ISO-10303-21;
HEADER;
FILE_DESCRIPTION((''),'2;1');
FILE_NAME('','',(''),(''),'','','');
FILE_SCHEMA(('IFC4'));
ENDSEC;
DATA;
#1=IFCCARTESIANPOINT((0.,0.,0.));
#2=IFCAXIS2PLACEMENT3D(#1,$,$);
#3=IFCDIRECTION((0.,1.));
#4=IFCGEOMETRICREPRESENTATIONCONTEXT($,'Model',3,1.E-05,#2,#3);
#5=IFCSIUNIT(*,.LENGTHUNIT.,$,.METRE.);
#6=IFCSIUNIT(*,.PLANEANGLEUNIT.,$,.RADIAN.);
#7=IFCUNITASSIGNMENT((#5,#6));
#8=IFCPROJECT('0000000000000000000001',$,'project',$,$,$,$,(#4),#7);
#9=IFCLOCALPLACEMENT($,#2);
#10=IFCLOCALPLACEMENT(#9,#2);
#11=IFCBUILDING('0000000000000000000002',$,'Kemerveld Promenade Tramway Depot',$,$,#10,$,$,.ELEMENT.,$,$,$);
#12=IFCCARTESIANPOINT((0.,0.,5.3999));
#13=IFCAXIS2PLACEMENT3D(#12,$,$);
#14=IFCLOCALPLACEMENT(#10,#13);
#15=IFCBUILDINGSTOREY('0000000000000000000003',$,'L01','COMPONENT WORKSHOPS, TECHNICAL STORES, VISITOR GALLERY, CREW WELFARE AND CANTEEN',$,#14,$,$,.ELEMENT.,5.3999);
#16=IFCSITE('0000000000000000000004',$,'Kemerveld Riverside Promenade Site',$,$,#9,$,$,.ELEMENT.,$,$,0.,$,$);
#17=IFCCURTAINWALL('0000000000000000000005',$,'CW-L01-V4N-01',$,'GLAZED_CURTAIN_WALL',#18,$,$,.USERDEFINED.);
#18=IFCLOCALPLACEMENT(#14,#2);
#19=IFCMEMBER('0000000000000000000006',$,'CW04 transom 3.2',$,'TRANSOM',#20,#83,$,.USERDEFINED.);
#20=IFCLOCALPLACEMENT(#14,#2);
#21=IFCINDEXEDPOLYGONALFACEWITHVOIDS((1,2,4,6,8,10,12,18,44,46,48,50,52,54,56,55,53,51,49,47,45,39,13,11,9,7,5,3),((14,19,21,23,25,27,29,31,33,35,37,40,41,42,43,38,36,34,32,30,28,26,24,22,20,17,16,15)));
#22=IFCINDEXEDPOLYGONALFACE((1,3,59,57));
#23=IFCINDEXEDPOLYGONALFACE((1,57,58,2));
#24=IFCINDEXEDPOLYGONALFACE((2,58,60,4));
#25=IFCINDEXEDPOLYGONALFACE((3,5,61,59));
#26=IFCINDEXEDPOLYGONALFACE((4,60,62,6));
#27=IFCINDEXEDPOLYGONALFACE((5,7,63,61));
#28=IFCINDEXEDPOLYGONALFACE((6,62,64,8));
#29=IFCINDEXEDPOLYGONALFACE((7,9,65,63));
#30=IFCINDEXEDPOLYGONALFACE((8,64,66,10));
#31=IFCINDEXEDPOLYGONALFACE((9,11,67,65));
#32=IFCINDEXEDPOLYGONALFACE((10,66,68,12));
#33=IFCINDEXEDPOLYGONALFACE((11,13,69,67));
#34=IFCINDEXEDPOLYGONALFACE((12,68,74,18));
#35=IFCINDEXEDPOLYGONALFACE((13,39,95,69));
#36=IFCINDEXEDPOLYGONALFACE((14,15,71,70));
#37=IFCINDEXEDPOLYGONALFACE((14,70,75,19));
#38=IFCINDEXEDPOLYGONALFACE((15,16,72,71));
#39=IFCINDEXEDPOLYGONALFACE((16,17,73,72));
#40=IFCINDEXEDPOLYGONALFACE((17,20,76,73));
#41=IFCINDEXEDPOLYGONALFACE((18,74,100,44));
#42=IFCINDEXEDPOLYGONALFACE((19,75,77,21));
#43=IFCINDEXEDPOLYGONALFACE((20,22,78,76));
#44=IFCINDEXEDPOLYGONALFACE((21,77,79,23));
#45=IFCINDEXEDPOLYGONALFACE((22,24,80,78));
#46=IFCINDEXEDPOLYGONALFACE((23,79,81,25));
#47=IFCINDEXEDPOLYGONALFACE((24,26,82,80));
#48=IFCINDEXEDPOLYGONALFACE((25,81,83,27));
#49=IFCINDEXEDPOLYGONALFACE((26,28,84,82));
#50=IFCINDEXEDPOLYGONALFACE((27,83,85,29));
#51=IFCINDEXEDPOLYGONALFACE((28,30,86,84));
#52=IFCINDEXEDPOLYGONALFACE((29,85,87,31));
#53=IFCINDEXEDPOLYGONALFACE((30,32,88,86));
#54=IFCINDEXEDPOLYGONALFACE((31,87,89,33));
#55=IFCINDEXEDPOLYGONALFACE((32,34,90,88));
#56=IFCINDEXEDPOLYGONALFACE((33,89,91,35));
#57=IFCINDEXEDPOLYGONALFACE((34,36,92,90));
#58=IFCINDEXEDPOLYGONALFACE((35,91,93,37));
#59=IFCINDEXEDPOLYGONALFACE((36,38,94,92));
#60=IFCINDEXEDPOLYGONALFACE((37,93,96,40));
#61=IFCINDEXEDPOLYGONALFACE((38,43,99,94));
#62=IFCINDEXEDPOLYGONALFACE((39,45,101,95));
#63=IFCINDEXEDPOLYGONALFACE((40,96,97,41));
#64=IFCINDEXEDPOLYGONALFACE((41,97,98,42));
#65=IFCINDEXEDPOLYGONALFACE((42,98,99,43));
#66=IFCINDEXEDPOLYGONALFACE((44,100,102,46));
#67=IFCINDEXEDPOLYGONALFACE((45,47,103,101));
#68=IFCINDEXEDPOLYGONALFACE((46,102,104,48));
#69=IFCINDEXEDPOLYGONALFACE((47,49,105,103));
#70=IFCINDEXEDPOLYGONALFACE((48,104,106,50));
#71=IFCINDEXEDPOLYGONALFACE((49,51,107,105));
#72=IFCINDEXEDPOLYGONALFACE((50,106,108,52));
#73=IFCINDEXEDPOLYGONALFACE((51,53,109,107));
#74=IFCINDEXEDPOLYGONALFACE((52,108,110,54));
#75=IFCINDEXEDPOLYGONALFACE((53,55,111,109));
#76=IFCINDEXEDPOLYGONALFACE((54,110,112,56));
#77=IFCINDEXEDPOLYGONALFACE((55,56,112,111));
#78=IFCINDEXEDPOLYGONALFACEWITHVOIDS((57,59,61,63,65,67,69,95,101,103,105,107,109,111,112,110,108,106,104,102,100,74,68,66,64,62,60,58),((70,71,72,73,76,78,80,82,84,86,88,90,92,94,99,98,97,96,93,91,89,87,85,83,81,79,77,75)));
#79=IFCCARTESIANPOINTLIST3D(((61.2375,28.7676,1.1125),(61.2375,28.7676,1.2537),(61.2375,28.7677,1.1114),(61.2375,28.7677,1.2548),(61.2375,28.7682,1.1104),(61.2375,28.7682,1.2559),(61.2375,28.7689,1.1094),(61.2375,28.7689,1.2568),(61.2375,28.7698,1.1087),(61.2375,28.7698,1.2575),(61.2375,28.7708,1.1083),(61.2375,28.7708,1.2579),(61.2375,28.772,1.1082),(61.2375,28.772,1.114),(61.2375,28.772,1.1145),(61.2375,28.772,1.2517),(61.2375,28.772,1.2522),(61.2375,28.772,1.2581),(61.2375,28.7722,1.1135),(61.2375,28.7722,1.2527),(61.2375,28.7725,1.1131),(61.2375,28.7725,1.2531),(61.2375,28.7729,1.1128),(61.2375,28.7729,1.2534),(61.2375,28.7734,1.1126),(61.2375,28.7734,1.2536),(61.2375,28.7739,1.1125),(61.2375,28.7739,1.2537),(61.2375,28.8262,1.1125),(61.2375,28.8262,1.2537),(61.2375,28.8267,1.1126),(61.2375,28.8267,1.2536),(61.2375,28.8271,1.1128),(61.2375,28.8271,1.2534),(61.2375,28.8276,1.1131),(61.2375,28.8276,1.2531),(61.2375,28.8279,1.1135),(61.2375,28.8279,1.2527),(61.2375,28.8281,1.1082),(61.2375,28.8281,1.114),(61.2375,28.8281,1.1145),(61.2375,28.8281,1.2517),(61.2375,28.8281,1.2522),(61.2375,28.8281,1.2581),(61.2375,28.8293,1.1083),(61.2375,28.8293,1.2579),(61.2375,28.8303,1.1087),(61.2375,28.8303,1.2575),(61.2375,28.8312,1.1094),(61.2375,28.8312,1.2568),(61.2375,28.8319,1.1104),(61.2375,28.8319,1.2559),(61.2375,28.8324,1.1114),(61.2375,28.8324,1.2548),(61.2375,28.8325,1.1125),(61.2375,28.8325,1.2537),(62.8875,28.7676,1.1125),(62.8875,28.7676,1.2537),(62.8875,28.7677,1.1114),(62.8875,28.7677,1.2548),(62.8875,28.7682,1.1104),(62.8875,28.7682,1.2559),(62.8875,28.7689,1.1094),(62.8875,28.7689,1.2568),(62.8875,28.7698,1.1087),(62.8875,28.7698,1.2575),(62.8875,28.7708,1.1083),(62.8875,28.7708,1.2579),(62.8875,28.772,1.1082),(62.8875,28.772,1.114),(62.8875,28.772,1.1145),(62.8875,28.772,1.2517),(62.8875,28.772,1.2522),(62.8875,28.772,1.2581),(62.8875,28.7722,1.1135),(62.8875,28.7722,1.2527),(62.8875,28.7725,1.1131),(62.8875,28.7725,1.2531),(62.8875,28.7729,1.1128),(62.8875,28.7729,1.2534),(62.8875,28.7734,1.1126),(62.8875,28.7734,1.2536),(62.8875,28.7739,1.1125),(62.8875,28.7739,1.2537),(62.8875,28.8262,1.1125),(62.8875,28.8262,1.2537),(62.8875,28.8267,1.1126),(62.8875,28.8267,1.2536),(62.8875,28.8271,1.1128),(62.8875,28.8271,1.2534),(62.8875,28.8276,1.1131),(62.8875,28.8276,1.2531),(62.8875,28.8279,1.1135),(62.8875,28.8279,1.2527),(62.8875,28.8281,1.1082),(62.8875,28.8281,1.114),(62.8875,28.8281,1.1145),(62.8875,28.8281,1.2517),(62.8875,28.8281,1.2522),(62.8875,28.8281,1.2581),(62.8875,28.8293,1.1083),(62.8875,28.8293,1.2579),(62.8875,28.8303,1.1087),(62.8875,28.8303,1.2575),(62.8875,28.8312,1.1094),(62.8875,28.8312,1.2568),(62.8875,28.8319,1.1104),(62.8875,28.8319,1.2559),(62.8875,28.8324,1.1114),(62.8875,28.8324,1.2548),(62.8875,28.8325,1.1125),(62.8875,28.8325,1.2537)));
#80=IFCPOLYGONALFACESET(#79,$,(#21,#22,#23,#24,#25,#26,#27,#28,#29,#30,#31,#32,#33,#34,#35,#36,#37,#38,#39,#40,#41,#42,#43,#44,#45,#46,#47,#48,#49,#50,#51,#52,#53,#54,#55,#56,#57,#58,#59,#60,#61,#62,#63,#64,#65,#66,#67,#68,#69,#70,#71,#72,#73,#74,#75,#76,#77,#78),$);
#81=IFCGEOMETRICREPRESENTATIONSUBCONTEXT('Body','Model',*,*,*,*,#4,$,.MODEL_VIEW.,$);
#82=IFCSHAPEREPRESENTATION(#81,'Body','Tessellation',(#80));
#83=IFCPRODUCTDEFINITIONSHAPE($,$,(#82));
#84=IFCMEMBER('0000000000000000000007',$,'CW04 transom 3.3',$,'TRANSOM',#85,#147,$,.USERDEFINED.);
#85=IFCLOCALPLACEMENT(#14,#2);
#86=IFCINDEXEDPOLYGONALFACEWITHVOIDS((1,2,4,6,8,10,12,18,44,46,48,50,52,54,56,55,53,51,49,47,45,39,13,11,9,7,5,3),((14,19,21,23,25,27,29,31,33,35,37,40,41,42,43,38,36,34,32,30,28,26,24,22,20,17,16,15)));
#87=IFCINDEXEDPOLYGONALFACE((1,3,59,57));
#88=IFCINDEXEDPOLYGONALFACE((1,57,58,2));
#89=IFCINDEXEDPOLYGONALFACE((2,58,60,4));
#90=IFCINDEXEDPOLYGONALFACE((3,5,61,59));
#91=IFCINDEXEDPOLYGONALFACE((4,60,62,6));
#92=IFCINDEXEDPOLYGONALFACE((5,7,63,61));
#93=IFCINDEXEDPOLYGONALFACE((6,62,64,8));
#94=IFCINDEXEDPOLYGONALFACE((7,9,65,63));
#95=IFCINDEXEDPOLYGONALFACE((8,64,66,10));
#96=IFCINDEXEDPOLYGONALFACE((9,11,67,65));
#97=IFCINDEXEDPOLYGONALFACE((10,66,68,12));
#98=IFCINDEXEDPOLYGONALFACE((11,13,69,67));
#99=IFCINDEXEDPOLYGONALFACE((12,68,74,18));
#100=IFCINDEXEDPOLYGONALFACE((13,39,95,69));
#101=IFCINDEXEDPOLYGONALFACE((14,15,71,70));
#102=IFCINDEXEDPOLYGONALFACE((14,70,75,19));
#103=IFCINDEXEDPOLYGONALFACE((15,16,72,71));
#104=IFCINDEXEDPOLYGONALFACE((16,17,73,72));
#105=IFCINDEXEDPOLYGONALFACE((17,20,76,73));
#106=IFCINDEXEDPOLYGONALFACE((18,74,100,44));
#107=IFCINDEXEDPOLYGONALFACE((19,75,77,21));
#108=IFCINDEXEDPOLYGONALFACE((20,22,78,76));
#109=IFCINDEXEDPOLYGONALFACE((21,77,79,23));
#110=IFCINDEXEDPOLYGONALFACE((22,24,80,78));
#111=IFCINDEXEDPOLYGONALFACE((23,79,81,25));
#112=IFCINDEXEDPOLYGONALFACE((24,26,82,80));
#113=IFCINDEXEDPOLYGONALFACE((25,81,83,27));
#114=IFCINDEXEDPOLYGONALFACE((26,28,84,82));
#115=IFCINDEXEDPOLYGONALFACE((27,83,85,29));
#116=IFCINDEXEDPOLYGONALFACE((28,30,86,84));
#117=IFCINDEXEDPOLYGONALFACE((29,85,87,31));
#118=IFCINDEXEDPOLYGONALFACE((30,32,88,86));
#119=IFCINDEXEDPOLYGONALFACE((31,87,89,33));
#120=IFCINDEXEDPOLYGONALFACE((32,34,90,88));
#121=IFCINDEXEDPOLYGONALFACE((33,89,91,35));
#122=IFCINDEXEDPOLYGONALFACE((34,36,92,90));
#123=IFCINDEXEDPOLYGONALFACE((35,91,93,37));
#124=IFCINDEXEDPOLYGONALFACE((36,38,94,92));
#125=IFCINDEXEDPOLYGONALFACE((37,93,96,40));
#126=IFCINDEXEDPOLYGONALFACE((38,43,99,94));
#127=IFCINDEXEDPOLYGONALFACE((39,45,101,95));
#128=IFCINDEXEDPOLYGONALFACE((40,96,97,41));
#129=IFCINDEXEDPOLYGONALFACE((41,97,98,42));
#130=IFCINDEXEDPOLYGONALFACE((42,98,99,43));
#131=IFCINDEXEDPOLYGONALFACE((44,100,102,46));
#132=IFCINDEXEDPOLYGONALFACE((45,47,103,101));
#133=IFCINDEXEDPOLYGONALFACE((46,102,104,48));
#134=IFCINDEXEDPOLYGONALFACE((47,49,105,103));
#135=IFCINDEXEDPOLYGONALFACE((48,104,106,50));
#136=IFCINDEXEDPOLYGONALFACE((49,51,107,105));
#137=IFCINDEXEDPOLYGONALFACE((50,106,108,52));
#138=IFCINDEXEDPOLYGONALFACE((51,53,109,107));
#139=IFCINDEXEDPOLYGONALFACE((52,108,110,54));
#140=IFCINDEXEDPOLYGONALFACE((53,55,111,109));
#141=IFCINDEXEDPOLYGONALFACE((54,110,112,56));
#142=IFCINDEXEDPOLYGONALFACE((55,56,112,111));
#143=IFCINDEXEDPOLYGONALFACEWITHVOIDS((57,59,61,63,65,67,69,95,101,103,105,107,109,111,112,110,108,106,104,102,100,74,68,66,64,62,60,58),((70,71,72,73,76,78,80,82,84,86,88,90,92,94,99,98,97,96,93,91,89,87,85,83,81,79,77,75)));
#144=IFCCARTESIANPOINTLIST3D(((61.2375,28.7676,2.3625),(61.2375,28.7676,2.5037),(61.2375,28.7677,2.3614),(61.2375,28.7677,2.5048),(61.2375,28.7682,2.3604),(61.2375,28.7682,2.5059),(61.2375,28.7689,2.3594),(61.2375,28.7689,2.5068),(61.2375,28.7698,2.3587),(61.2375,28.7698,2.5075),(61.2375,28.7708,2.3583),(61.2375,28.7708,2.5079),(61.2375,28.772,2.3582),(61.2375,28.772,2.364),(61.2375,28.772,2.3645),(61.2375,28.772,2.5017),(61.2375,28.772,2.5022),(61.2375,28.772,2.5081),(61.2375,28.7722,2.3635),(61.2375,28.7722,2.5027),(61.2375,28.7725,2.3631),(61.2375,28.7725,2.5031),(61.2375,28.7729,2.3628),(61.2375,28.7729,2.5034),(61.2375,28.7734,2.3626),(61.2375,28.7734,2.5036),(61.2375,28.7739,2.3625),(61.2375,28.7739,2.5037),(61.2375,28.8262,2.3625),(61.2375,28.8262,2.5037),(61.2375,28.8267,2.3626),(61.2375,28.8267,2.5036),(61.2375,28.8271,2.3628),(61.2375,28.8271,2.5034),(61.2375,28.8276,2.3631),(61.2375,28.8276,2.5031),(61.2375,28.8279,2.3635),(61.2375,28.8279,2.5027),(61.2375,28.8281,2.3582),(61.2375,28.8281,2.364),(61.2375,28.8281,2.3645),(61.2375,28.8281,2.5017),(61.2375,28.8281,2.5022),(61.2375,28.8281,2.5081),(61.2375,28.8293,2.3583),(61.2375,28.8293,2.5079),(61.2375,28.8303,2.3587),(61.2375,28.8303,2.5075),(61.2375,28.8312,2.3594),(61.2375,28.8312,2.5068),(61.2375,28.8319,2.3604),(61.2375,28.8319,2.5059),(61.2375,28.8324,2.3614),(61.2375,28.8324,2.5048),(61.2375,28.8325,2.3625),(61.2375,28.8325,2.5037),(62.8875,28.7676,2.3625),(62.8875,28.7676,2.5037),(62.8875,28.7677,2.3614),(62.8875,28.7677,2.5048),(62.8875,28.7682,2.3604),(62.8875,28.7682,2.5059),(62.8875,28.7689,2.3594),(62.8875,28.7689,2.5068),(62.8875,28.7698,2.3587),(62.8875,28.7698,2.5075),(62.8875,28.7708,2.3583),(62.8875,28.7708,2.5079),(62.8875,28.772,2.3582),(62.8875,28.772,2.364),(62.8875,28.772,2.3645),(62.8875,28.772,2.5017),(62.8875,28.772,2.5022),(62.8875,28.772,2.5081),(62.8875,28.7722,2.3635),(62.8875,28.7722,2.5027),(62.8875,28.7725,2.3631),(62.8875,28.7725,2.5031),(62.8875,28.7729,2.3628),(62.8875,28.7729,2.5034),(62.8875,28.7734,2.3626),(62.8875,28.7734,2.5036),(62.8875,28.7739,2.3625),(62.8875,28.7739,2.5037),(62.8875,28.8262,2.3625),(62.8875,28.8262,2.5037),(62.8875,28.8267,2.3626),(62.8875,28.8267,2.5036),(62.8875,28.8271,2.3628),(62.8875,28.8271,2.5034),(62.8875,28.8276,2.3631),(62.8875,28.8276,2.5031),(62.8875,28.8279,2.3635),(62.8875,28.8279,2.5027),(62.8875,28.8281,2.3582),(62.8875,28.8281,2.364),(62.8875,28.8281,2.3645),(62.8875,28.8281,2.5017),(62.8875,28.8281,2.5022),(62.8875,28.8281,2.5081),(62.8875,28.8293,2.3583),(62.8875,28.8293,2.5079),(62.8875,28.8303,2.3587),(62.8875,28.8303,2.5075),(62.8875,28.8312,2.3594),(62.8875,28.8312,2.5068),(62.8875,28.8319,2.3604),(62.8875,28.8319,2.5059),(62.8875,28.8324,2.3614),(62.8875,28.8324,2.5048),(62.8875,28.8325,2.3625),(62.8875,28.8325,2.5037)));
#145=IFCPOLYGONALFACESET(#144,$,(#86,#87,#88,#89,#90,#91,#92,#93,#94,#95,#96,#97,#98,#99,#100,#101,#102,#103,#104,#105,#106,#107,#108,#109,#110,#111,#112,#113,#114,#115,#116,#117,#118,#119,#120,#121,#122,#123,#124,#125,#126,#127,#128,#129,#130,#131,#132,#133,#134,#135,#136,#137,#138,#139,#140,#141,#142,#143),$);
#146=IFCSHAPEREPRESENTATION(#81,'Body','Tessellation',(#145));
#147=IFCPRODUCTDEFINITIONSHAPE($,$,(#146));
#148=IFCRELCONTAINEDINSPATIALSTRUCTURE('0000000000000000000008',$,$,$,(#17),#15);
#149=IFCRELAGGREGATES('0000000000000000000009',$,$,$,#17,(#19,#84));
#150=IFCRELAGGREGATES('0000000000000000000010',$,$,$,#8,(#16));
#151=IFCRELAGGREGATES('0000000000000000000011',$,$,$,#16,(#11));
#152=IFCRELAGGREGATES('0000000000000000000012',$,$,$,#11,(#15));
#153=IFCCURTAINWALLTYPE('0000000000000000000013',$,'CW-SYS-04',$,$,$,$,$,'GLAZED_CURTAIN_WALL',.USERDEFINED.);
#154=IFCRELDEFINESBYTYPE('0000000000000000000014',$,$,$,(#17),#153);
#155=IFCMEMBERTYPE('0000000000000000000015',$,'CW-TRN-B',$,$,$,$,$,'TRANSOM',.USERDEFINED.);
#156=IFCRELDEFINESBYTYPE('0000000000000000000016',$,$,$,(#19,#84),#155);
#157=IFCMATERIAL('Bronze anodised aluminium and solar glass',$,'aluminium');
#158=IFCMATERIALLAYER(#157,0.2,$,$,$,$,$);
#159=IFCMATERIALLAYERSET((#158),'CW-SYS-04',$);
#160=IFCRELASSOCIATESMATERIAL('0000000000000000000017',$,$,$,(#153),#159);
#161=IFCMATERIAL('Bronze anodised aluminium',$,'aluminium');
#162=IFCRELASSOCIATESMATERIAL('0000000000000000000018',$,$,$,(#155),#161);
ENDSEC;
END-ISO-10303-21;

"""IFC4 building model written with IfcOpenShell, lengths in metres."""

from ifc_helpers import new_model, si_unit, direction, frame, origin, origin_2d, place, context, subcontext, project, spatial, hollow_rectangle, extrude, material, layer, layer_set, material_profile, profile_set, type_object, element, aggregate, save


model = new_model("IFC4")

# Units and contexts
model_context = context("Model", 3, precision=1e-05, world=origin(), true_north=direction((0.0, 1.0)))
body_context = subcontext(model_context, "Body", "Model", "MODEL_VIEW")
ifc_project = project(units=[si_unit("LENGTHUNIT", "METRE"), si_unit("PLANEANGLEUNIT", "RADIAN")], contexts=[model_context])

# Site, building, storey
site_placement = place(None, origin())
site = spatial("IfcSite", under=ifc_project, at=site_placement, Name="Kemerveld Riverside Promenade Site", CompositionType="ELEMENT", RefElevation=0.0)
building_placement = place(site_placement, origin())
building = spatial("IfcBuilding", under=site, at=building_placement, Name="Kemerveld Promenade Tramway Depot", CompositionType="ELEMENT")
storey_placement = place(building_placement, frame((0.0, 0.0, 5.3999)))
storey = spatial("IfcBuildingStorey", under=building, at=storey_placement, Name="L01", Description="COMPONENT WORKSHOPS, TECHNICAL STORES, VISITOR GALLERY, CREW WELFARE AND CANTEEN", CompositionType="ELEMENT", Elevation=5.3999)

# Shared definitions
ifc_material_1 = material(Name="Bronze anodised aluminium and solar glass", Category="aluminium")
ifc_material_2 = material(Name="Bronze anodised aluminium", Category="aluminium")

# Curtain wall, members
ifc_layer_1 = layer(ifc_material_1, 0.2)
ifc_layer_set_1 = layer_set([ifc_layer_1], Name="CW-SYS-04")
curtain_wall_type_1 = type_object("IfcCurtainWallType", Name="CW-SYS-04", ElementType="GLAZED_CURTAIN_WALL", PredefinedType="USERDEFINED", material=ifc_layer_set_1)
curtain_wall_1_placement = place(storey_placement, origin())
curtain_wall_1 = element("IfcCurtainWall", 1, at=curtain_wall_1_placement, inside=storey, type_object=curtain_wall_type_1, Name="CW-L01-V4N-01", ObjectType="GLAZED_CURTAIN_WALL", PredefinedType="USERDEFINED")
ifc_material_profile_1 = material_profile(ifc_material_2, hollow_rectangle(XDim=0.0649, YDim=0.1499, WallThickness=0.0044, InnerFilletRadius=0.002, OuterFilletRadius=0.0044, at=origin_2d()), Name="CW-TRN-150x65")
ifc_profile_set_1 = profile_set([ifc_material_profile_1], Name="Bronze anodised aluminium")
member_type_1 = type_object("IfcMemberType", Name="CW-TRN-B", ElementType="TRANSOM", PredefinedType="USERDEFINED", material=ifc_profile_set_1)
member_1_placement = place(storey_placement, frame((61.2375, 28.8, 1.1831), z_axis=(1.0, 0.0, 0.0), x_axis=(0.0, 1.0, 0.0)))
member_1 = element("IfcMember", 2, at=member_1_placement, type_object=member_type_1, Name="CW04 transom 3.2", ObjectType="TRANSOM", PredefinedType="USERDEFINED", context=body_context, shape_type="SweptSolid", body=[
    extrude(hollow_rectangle(XDim=0.0649, YDim=0.1499, WallThickness=0.0044, InnerFilletRadius=0.002, OuterFilletRadius=0.0044, at=origin_2d()), origin(), (0.0, 0.0, 1.0), 1.6499),
])
member_2_placement = place(storey_placement, frame((61.2375, 28.8, 2.4331), z_axis=(1.0, 0.0, 0.0), x_axis=(0.0, 1.0, 0.0)))
member_2 = element("IfcMember", 3, at=member_2_placement, type_object=member_type_1, Name="CW04 transom 3.3", ObjectType="TRANSOM", PredefinedType="USERDEFINED", context=body_context, shape_type="SweptSolid", body=[
    extrude(hollow_rectangle(XDim=0.0649, YDim=0.1499, WallThickness=0.0044, InnerFilletRadius=0.002, OuterFilletRadius=0.0044, at=origin_2d()), origin(), (0.0, 0.0, 1.0), 1.6499),
])
aggregate(curtain_wall_1, [member_1, member_2])

save(model, "model.ifc")
